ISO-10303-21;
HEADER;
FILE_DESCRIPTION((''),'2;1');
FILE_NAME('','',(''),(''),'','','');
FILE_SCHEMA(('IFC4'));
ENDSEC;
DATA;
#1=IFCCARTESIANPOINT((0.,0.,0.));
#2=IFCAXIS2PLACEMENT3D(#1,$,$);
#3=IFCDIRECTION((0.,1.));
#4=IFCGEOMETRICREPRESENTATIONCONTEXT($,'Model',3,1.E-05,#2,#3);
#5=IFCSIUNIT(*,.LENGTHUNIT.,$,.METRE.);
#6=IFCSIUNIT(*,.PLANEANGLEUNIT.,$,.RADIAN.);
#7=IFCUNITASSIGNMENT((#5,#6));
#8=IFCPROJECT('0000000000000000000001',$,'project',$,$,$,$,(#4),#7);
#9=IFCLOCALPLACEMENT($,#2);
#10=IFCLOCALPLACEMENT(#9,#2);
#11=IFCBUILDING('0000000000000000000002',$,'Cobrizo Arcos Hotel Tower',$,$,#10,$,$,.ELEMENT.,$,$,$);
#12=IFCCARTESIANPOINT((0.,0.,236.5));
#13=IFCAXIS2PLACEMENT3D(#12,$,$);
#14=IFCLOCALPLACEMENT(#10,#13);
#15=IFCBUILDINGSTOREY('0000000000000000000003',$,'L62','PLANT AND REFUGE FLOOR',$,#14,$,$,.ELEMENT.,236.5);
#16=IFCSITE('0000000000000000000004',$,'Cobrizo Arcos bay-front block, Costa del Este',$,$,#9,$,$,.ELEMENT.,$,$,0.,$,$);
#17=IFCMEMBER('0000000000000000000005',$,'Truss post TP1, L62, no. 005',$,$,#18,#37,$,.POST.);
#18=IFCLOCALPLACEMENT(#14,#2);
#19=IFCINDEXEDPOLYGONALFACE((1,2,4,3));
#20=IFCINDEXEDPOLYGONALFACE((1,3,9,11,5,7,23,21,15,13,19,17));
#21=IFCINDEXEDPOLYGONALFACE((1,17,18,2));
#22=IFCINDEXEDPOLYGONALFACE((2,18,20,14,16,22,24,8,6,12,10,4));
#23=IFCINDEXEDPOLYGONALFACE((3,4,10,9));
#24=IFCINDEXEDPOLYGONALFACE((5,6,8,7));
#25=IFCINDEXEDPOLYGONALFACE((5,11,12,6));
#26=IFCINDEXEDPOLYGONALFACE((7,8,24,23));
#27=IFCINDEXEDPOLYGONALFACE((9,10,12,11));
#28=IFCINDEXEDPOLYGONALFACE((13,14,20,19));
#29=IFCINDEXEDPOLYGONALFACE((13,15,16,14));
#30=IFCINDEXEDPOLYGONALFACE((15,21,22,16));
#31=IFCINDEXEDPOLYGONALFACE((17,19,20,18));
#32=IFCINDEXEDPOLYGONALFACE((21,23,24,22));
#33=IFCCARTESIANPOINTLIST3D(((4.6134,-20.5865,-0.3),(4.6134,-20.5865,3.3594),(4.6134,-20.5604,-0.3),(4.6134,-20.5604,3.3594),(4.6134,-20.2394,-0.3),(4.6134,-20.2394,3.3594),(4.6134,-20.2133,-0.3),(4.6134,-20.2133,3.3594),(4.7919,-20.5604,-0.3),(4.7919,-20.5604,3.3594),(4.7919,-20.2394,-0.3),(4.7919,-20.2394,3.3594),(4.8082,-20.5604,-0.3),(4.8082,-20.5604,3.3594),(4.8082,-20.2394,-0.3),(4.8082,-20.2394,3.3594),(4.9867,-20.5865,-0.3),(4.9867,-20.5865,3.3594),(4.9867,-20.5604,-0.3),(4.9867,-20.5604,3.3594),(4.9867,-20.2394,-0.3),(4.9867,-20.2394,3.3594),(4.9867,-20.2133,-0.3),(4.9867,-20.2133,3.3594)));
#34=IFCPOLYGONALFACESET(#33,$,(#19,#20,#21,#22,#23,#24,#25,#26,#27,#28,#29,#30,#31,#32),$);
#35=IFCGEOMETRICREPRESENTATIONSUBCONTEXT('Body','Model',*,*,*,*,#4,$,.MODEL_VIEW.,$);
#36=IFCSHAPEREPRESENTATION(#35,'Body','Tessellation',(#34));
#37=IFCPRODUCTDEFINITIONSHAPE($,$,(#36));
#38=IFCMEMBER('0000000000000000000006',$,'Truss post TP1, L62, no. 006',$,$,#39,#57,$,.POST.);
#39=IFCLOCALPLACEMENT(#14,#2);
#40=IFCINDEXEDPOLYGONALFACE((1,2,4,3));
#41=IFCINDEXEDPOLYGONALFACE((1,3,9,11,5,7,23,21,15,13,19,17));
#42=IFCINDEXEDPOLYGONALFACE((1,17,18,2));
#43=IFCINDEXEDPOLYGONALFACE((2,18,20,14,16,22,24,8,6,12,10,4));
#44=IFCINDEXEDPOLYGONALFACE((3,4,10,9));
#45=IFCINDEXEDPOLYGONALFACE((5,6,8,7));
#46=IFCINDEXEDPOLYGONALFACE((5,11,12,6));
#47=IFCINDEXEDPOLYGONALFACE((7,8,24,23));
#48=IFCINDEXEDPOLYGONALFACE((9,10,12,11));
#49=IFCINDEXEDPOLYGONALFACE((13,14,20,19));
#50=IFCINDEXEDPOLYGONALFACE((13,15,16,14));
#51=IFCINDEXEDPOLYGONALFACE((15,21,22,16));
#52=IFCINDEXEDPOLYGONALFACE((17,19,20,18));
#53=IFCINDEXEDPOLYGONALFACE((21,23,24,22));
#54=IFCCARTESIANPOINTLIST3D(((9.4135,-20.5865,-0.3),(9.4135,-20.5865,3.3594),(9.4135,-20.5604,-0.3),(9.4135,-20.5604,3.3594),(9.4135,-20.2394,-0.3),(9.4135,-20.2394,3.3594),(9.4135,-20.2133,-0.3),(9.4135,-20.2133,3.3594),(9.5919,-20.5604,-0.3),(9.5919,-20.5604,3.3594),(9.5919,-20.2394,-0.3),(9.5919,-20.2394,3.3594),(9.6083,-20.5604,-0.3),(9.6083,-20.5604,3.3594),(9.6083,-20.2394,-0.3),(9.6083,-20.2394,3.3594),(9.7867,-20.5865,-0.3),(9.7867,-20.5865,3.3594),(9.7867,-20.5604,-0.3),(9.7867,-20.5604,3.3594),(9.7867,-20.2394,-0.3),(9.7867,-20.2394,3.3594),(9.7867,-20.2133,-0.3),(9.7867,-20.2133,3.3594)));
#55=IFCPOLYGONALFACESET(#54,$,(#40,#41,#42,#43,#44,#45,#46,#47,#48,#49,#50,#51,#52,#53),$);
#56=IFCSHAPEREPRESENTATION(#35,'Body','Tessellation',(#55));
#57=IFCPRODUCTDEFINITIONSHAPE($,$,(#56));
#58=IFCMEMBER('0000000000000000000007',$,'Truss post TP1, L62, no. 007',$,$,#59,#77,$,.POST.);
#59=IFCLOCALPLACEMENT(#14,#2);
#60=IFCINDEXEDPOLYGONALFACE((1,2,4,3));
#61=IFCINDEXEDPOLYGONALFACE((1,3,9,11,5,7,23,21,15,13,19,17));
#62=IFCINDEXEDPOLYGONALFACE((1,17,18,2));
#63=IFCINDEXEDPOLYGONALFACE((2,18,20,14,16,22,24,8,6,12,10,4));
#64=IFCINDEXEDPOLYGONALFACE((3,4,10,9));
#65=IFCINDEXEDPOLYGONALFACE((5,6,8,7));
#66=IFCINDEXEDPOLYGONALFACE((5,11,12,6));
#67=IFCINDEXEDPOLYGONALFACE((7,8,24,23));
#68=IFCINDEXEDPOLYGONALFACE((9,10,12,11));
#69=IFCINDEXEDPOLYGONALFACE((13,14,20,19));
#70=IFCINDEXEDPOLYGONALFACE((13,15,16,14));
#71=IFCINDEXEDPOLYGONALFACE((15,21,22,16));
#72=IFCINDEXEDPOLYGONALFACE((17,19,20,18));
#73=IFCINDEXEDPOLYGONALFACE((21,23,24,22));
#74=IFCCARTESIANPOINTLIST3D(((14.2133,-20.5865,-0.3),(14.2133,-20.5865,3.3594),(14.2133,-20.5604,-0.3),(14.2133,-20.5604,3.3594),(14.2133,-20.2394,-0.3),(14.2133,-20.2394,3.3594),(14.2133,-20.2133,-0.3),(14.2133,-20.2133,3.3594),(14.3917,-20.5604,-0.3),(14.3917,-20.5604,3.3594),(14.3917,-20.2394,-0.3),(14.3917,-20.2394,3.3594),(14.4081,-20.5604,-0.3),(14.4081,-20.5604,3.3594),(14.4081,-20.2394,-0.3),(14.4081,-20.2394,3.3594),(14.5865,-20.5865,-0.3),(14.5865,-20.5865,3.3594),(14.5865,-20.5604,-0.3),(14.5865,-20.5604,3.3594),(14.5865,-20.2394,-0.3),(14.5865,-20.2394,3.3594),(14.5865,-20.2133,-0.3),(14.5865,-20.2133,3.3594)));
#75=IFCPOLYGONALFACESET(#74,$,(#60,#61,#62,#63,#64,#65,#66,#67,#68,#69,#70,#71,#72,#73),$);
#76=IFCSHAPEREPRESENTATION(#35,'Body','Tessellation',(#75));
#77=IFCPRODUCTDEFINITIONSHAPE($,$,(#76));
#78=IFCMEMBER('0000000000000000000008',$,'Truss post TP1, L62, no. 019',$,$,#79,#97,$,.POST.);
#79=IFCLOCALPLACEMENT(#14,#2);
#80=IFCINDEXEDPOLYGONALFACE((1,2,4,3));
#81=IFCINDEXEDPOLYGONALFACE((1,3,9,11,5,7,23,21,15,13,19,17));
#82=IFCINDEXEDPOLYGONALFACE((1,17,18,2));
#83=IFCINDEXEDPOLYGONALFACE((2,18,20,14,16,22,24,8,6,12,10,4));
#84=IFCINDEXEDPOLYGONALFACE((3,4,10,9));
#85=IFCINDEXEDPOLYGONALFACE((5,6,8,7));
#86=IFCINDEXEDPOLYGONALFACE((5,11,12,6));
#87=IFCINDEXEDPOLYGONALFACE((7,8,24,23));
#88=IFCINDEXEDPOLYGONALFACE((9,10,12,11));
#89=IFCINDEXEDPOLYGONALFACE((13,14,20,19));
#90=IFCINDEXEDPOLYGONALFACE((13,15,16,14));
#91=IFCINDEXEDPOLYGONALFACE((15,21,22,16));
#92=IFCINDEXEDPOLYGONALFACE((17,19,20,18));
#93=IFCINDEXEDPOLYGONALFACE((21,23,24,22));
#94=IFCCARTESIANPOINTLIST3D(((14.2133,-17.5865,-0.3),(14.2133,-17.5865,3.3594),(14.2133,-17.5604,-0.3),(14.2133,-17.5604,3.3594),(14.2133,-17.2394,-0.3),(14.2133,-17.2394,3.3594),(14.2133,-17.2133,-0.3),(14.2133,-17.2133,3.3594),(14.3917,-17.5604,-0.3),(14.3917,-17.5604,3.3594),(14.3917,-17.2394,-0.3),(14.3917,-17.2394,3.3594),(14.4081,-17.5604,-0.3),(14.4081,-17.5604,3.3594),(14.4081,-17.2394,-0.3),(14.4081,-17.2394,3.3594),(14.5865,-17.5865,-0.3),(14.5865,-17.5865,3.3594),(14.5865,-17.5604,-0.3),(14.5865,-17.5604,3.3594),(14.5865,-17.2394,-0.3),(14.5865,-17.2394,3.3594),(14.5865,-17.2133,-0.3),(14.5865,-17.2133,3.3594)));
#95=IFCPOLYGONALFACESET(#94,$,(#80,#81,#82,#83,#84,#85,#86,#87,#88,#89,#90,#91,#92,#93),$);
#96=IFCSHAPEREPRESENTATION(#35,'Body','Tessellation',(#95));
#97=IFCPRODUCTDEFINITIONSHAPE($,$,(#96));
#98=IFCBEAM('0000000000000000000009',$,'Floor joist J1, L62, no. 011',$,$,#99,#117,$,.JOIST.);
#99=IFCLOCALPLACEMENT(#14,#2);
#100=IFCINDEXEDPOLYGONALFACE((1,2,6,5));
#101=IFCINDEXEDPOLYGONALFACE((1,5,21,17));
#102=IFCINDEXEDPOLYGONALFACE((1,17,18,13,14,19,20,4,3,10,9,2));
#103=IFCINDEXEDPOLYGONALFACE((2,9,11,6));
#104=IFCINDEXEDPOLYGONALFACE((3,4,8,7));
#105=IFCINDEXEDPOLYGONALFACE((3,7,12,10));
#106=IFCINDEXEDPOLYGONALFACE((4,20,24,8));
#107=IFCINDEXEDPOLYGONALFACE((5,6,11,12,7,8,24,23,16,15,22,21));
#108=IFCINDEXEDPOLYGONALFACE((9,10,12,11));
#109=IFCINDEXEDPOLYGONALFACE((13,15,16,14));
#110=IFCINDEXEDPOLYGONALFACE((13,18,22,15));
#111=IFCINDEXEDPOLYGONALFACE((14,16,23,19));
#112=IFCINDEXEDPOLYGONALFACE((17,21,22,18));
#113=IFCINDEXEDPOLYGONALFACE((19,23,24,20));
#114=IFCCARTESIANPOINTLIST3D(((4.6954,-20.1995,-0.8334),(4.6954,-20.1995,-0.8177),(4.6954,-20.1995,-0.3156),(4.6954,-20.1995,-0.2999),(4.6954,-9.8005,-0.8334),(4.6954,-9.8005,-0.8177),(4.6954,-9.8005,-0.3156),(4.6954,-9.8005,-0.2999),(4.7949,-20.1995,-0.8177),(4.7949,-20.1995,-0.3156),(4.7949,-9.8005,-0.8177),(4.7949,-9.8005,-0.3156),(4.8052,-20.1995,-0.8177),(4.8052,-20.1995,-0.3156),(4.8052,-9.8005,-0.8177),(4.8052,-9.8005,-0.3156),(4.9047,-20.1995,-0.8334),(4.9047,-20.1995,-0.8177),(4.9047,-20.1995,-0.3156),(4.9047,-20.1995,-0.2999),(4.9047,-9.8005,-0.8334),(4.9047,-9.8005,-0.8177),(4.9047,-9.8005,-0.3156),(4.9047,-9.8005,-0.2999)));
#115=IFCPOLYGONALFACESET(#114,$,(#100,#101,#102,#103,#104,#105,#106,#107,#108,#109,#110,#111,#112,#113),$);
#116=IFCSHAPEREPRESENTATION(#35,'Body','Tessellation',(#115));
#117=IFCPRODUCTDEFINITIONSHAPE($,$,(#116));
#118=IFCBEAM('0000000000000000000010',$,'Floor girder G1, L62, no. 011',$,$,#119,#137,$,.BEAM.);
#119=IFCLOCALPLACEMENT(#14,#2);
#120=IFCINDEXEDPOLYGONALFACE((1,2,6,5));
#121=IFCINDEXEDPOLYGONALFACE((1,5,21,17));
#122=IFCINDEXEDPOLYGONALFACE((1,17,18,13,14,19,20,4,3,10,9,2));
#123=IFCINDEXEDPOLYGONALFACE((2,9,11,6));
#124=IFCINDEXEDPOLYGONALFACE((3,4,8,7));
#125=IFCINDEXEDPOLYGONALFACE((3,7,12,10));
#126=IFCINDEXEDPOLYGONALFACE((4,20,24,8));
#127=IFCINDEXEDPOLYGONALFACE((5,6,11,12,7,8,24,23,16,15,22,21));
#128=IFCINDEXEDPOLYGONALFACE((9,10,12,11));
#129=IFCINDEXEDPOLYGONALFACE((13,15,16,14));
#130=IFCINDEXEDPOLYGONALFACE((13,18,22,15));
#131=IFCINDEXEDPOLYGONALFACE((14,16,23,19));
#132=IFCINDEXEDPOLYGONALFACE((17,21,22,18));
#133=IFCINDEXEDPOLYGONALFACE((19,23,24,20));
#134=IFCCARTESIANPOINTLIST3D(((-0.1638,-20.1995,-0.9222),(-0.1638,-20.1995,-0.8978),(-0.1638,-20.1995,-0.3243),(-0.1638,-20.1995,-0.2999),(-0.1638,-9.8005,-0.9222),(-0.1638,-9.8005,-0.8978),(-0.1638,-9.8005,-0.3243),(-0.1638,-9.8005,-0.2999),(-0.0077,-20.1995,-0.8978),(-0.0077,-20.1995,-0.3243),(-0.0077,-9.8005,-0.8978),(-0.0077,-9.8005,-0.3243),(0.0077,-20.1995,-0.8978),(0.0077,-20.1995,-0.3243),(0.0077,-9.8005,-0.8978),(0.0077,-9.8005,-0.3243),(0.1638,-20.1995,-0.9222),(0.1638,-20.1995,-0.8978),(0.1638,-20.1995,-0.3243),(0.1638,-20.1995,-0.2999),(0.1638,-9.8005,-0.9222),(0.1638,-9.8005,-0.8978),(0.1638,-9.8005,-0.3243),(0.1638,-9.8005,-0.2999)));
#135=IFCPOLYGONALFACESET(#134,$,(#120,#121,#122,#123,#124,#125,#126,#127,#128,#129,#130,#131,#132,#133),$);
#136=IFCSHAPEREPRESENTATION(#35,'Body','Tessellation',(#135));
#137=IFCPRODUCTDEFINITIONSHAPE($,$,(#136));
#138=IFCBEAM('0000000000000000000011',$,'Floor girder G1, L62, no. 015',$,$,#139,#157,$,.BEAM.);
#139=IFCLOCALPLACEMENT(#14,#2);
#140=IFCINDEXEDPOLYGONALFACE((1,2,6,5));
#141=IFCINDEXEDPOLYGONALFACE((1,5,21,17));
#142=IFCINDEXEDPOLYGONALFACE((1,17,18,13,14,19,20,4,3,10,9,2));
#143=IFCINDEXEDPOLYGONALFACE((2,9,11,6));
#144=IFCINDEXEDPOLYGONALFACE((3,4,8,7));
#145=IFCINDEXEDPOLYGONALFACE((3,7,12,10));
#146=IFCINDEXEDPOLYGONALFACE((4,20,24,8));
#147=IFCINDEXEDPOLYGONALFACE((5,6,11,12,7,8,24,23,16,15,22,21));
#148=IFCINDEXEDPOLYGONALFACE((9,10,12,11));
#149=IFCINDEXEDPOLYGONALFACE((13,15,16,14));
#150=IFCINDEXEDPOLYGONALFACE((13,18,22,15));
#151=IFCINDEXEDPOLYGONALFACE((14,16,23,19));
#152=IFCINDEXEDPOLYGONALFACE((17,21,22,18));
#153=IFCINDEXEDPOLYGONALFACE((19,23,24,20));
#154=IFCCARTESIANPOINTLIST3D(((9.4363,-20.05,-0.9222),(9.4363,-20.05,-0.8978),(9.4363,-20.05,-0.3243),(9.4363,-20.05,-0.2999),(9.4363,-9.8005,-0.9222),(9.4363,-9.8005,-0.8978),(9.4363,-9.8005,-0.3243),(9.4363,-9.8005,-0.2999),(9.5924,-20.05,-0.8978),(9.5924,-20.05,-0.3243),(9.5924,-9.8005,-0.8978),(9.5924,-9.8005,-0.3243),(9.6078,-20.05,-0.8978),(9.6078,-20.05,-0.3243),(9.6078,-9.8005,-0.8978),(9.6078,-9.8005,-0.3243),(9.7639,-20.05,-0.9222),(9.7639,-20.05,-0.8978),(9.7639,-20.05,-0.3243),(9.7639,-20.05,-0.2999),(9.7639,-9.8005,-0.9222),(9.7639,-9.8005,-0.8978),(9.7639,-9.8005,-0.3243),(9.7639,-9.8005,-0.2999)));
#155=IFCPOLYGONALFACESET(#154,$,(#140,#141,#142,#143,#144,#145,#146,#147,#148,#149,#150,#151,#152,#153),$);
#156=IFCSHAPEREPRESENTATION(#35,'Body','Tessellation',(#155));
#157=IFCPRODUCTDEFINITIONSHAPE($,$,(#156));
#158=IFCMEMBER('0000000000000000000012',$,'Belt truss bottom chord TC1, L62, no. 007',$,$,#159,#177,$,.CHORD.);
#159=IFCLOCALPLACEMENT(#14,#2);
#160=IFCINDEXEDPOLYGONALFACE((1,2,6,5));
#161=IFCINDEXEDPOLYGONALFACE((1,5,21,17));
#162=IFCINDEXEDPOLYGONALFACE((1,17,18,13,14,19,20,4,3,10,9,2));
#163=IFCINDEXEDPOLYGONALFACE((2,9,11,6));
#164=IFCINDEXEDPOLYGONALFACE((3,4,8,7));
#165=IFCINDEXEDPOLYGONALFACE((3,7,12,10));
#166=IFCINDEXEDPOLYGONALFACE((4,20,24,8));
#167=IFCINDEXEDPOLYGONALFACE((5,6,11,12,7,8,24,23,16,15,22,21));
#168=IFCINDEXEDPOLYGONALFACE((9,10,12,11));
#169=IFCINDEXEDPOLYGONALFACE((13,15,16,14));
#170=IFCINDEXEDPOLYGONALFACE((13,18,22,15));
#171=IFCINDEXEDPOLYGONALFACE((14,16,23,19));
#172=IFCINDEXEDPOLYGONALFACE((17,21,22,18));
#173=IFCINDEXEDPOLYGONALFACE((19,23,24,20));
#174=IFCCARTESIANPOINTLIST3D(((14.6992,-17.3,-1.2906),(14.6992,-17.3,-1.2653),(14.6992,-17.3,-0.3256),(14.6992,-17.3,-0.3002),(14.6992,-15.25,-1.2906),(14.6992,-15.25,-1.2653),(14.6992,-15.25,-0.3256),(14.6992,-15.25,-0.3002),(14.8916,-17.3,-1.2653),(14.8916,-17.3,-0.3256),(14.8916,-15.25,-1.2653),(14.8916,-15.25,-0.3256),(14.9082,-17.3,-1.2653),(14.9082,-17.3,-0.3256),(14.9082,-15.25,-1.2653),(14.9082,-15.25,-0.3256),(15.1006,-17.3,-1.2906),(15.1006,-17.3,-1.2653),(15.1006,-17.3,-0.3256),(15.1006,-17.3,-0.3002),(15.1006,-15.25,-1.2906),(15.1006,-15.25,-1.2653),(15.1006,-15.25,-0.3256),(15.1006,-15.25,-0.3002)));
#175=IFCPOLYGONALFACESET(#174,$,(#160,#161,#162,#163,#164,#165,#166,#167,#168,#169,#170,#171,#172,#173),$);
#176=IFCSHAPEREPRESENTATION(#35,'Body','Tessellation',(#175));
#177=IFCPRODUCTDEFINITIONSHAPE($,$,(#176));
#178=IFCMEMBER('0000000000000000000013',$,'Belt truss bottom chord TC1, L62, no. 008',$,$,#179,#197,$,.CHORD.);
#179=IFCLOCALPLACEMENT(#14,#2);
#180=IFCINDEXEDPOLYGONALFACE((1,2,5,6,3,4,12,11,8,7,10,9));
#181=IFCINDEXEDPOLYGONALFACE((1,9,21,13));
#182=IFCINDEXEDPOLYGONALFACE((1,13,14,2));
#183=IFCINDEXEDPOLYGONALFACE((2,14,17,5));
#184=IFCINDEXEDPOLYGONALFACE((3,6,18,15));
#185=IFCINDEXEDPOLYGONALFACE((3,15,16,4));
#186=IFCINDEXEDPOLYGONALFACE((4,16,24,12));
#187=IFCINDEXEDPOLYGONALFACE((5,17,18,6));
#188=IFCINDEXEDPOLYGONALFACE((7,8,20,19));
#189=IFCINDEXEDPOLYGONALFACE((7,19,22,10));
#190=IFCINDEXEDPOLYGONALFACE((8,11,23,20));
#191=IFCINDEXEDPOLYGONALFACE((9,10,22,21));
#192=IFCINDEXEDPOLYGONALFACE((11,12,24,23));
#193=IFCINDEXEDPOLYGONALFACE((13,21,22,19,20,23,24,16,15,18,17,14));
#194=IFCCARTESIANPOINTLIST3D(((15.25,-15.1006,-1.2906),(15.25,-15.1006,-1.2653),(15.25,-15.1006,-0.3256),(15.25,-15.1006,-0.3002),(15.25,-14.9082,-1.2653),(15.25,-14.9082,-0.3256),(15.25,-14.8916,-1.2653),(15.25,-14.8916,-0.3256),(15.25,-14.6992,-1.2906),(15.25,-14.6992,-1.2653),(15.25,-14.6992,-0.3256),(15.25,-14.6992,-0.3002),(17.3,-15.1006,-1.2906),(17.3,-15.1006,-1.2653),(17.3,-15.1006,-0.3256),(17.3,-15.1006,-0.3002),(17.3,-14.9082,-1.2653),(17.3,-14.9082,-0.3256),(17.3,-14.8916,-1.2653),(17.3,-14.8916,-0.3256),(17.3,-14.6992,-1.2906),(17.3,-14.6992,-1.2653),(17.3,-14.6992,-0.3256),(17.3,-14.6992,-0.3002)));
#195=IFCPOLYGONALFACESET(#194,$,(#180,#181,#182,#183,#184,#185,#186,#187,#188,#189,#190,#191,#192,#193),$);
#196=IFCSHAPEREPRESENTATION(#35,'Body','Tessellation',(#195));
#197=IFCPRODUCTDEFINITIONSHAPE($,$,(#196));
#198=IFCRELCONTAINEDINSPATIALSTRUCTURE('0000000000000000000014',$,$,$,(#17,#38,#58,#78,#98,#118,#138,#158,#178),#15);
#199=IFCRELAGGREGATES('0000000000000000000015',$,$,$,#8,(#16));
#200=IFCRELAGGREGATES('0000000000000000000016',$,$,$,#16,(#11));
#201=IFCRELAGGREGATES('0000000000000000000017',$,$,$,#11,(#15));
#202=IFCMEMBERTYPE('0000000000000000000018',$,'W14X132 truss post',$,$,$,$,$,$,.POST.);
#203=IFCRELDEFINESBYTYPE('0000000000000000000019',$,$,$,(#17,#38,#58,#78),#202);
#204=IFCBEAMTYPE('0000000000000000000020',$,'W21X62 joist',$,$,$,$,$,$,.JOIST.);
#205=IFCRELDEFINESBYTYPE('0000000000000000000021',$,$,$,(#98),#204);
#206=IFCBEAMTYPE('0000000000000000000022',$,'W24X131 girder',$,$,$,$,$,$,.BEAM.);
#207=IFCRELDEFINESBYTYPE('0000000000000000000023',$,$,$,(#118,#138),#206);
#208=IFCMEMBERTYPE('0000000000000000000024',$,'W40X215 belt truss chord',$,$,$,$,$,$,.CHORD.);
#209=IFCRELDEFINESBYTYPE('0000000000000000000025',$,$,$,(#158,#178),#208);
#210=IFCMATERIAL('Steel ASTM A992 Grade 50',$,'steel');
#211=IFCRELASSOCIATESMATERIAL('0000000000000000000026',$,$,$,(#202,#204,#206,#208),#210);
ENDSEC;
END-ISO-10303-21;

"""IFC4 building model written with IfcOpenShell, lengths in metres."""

from ifc_helpers import new_model, si_unit, direction, frame, origin, origin_2d, place, context, subcontext, project, spatial, i_section, extrude, material, material_profile, profile_set, type_object, element, save


model = new_model("IFC4")

# Units and contexts
model_context = context("Model", 3, precision=1e-05, world=origin(), true_north=direction((0.0, 1.0)))
body_context = subcontext(model_context, "Body", "Model", "MODEL_VIEW")
ifc_project = project(units=[si_unit("LENGTHUNIT", "METRE"), si_unit("PLANEANGLEUNIT", "RADIAN")], contexts=[model_context])

# Site, building, storey
site_placement = place(None, origin())
site = spatial("IfcSite", under=ifc_project, at=site_placement, Name="Cobrizo Arcos bay-front block, Costa del Este", CompositionType="ELEMENT", RefElevation=0.0)
building_placement = place(site_placement, origin())
building = spatial("IfcBuilding", under=site, at=building_placement, Name="Cobrizo Arcos Hotel Tower", CompositionType="ELEMENT")
storey_placement = place(building_placement, frame((0.0, 0.0, 236.5)))
storey = spatial("IfcBuildingStorey", under=building, at=storey_placement, Name="L62", Description="PLANT AND REFUGE FLOOR", CompositionType="ELEMENT", Elevation=236.5)

# Members
ifc_material_1 = material(Name="Steel ASTM A992 Grade 50", Category="steel")
ifc_material_profile_1 = material_profile(ifc_material_1, i_section(OverallWidth=0.3733, OverallDepth=0.3733, WebThickness=0.0164, FlangeThickness=0.0261, at=origin_2d()), Name="W14X132")
ifc_profile_set_1 = profile_set([ifc_material_profile_1], Name="Steel ASTM A992 Grade 50")
member_type_1 = type_object("IfcMemberType", Name="W14X132 truss post", PredefinedType="POST", material=ifc_profile_set_1)
for number, where, z_axis, x_axis, name in (
    (1, (4.8, -20.3999, -0.3), (0.0, 0.0, 1.0), (1.0, 0.0, 0.0), "Truss post TP1, L62, no. 005"),
    (2, (9.6001, -20.3999, -0.3), (0.0, 0.0, 1.0), (1.0, 0.0, 0.0), "Truss post TP1, L62, no. 006"),
    (3, (14.3999, -20.3999, -0.3), (0.0, 0.0, 1.0), (1.0, 0.0, 0.0), "Truss post TP1, L62, no. 007"),
    (4, (14.3999, -17.3999, -0.3), (0.0, 0.0, 1.0), (1.0, 0.0, 0.0), "Truss post TP1, L62, no. 019"),
):
    element("IfcMember", number, at=place(storey_placement, frame(where, z_axis=z_axis, x_axis=x_axis)), inside=storey, type_object=member_type_1, Name=name, PredefinedType="POST", context=body_context, shape_type="SweptSolid", body=[
        extrude(i_section(OverallWidth=0.3733, OverallDepth=0.3733, WebThickness=0.0164, FlangeThickness=0.0261, at=origin_2d()), origin(), (0.0, 0.0, 1.0), 3.6594),
    ])

# Beams
ifc_material_profile_2 = material_profile(ifc_material_1, i_section(OverallWidth=0.2092, OverallDepth=0.5334, WebThickness=0.0103, FlangeThickness=0.0156, at=origin_2d()), Name="W21X62")
ifc_profile_set_2 = profile_set([ifc_material_profile_2], Name="Steel ASTM A992 Grade 50")
beam_type_1 = type_object("IfcBeamType", Name="W21X62 joist", PredefinedType="JOIST", material=ifc_profile_set_2)
beam_1_placement = place(storey_placement, frame((4.8, -20.1995, -0.5667), z_axis=(0.0, 1.0, 0.0), x_axis=(-1.0, 0.0, 0.0)))
element("IfcBeam", 5, at=beam_1_placement, inside=storey, type_object=beam_type_1, Name="Floor joist J1, L62, no. 011", PredefinedType="JOIST", context=body_context, shape_type="SweptSolid", body=[
    extrude(i_section(OverallWidth=0.2092, OverallDepth=0.5334, WebThickness=0.0103, FlangeThickness=0.0156, at=origin_2d()), origin(), (0.0, 0.0, 1.0), 10.3989),
])
ifc_material_profile_3 = material_profile(ifc_material_1, i_section(OverallWidth=0.3276, OverallDepth=0.6223, WebThickness=0.0154, FlangeThickness=0.0244, at=origin_2d()), Name="W24X131")
ifc_profile_set_3 = profile_set([ifc_material_profile_3], Name="Steel ASTM A992 Grade 50")
beam_type_2 = type_object("IfcBeamType", Name="W24X131 girder", PredefinedType="BEAM", material=ifc_profile_set_3)
beam_2_placement = place(storey_placement, frame((0.0, -20.1995, -0.6111), z_axis=(0.0, 1.0, 0.0), x_axis=(-1.0, 0.0, 0.0)))
element("IfcBeam", 6, at=beam_2_placement, inside=storey, type_object=beam_type_2, Name="Floor girder G1, L62, no. 011", PredefinedType="BEAM", context=body_context, shape_type="SweptSolid", body=[
    extrude(i_section(OverallWidth=0.3276, OverallDepth=0.6223, WebThickness=0.0154, FlangeThickness=0.0244, at=origin_2d()), origin(), (0.0, 0.0, 1.0), 10.3989),
])
beam_3_placement = place(storey_placement, frame((9.6001, -20.05, -0.6111), z_axis=(0.0, 1.0, 0.0), x_axis=(-1.0, 0.0, 0.0)))
element("IfcBeam", 7, at=beam_3_placement, inside=storey, type_object=beam_type_2, Name="Floor girder G1, L62, no. 015", PredefinedType="BEAM", context=body_context, shape_type="SweptSolid", body=[
    extrude(i_section(OverallWidth=0.3276, OverallDepth=0.6223, WebThickness=0.0154, FlangeThickness=0.0244, at=origin_2d()), origin(), (0.0, 0.0, 1.0), 10.2495),
])

# Members
ifc_material_profile_4 = material_profile(ifc_material_1, i_section(OverallWidth=0.4014, OverallDepth=0.9905, WebThickness=0.0166, FlangeThickness=0.0254, at=origin_2d()), Name="W40X215")
ifc_profile_set_4 = profile_set([ifc_material_profile_4], Name="Steel ASTM A992 Grade 50")
member_type_2 = type_object("IfcMemberType", Name="W40X215 belt truss chord", PredefinedType="CHORD", material=ifc_profile_set_4)
for number, where, z_axis, x_axis, name in (
    (8, (14.8999, -17.3, -0.7954), (0.0, 1.0, 0.0), (-1.0, 0.0, 0.0), "Belt truss bottom chord TC1, L62, no. 007"),
    (9, (15.25, -14.8999, -0.7954), (1.0, 0.0, 0.0), (0.0, 1.0, 0.0), "Belt truss bottom chord TC1, L62, no. 008"),
):
    element("IfcMember", number, at=place(storey_placement, frame(where, z_axis=z_axis, x_axis=x_axis)), inside=storey, type_object=member_type_2, Name=name, PredefinedType="CHORD", context=body_context, shape_type="SweptSolid", body=[
        extrude(i_section(OverallWidth=0.4014, OverallDepth=0.9905, WebThickness=0.0166, FlangeThickness=0.0254, at=origin_2d()), origin(), (0.0, 0.0, 1.0), 2.05),
    ])

save(model, "model.ifc")
